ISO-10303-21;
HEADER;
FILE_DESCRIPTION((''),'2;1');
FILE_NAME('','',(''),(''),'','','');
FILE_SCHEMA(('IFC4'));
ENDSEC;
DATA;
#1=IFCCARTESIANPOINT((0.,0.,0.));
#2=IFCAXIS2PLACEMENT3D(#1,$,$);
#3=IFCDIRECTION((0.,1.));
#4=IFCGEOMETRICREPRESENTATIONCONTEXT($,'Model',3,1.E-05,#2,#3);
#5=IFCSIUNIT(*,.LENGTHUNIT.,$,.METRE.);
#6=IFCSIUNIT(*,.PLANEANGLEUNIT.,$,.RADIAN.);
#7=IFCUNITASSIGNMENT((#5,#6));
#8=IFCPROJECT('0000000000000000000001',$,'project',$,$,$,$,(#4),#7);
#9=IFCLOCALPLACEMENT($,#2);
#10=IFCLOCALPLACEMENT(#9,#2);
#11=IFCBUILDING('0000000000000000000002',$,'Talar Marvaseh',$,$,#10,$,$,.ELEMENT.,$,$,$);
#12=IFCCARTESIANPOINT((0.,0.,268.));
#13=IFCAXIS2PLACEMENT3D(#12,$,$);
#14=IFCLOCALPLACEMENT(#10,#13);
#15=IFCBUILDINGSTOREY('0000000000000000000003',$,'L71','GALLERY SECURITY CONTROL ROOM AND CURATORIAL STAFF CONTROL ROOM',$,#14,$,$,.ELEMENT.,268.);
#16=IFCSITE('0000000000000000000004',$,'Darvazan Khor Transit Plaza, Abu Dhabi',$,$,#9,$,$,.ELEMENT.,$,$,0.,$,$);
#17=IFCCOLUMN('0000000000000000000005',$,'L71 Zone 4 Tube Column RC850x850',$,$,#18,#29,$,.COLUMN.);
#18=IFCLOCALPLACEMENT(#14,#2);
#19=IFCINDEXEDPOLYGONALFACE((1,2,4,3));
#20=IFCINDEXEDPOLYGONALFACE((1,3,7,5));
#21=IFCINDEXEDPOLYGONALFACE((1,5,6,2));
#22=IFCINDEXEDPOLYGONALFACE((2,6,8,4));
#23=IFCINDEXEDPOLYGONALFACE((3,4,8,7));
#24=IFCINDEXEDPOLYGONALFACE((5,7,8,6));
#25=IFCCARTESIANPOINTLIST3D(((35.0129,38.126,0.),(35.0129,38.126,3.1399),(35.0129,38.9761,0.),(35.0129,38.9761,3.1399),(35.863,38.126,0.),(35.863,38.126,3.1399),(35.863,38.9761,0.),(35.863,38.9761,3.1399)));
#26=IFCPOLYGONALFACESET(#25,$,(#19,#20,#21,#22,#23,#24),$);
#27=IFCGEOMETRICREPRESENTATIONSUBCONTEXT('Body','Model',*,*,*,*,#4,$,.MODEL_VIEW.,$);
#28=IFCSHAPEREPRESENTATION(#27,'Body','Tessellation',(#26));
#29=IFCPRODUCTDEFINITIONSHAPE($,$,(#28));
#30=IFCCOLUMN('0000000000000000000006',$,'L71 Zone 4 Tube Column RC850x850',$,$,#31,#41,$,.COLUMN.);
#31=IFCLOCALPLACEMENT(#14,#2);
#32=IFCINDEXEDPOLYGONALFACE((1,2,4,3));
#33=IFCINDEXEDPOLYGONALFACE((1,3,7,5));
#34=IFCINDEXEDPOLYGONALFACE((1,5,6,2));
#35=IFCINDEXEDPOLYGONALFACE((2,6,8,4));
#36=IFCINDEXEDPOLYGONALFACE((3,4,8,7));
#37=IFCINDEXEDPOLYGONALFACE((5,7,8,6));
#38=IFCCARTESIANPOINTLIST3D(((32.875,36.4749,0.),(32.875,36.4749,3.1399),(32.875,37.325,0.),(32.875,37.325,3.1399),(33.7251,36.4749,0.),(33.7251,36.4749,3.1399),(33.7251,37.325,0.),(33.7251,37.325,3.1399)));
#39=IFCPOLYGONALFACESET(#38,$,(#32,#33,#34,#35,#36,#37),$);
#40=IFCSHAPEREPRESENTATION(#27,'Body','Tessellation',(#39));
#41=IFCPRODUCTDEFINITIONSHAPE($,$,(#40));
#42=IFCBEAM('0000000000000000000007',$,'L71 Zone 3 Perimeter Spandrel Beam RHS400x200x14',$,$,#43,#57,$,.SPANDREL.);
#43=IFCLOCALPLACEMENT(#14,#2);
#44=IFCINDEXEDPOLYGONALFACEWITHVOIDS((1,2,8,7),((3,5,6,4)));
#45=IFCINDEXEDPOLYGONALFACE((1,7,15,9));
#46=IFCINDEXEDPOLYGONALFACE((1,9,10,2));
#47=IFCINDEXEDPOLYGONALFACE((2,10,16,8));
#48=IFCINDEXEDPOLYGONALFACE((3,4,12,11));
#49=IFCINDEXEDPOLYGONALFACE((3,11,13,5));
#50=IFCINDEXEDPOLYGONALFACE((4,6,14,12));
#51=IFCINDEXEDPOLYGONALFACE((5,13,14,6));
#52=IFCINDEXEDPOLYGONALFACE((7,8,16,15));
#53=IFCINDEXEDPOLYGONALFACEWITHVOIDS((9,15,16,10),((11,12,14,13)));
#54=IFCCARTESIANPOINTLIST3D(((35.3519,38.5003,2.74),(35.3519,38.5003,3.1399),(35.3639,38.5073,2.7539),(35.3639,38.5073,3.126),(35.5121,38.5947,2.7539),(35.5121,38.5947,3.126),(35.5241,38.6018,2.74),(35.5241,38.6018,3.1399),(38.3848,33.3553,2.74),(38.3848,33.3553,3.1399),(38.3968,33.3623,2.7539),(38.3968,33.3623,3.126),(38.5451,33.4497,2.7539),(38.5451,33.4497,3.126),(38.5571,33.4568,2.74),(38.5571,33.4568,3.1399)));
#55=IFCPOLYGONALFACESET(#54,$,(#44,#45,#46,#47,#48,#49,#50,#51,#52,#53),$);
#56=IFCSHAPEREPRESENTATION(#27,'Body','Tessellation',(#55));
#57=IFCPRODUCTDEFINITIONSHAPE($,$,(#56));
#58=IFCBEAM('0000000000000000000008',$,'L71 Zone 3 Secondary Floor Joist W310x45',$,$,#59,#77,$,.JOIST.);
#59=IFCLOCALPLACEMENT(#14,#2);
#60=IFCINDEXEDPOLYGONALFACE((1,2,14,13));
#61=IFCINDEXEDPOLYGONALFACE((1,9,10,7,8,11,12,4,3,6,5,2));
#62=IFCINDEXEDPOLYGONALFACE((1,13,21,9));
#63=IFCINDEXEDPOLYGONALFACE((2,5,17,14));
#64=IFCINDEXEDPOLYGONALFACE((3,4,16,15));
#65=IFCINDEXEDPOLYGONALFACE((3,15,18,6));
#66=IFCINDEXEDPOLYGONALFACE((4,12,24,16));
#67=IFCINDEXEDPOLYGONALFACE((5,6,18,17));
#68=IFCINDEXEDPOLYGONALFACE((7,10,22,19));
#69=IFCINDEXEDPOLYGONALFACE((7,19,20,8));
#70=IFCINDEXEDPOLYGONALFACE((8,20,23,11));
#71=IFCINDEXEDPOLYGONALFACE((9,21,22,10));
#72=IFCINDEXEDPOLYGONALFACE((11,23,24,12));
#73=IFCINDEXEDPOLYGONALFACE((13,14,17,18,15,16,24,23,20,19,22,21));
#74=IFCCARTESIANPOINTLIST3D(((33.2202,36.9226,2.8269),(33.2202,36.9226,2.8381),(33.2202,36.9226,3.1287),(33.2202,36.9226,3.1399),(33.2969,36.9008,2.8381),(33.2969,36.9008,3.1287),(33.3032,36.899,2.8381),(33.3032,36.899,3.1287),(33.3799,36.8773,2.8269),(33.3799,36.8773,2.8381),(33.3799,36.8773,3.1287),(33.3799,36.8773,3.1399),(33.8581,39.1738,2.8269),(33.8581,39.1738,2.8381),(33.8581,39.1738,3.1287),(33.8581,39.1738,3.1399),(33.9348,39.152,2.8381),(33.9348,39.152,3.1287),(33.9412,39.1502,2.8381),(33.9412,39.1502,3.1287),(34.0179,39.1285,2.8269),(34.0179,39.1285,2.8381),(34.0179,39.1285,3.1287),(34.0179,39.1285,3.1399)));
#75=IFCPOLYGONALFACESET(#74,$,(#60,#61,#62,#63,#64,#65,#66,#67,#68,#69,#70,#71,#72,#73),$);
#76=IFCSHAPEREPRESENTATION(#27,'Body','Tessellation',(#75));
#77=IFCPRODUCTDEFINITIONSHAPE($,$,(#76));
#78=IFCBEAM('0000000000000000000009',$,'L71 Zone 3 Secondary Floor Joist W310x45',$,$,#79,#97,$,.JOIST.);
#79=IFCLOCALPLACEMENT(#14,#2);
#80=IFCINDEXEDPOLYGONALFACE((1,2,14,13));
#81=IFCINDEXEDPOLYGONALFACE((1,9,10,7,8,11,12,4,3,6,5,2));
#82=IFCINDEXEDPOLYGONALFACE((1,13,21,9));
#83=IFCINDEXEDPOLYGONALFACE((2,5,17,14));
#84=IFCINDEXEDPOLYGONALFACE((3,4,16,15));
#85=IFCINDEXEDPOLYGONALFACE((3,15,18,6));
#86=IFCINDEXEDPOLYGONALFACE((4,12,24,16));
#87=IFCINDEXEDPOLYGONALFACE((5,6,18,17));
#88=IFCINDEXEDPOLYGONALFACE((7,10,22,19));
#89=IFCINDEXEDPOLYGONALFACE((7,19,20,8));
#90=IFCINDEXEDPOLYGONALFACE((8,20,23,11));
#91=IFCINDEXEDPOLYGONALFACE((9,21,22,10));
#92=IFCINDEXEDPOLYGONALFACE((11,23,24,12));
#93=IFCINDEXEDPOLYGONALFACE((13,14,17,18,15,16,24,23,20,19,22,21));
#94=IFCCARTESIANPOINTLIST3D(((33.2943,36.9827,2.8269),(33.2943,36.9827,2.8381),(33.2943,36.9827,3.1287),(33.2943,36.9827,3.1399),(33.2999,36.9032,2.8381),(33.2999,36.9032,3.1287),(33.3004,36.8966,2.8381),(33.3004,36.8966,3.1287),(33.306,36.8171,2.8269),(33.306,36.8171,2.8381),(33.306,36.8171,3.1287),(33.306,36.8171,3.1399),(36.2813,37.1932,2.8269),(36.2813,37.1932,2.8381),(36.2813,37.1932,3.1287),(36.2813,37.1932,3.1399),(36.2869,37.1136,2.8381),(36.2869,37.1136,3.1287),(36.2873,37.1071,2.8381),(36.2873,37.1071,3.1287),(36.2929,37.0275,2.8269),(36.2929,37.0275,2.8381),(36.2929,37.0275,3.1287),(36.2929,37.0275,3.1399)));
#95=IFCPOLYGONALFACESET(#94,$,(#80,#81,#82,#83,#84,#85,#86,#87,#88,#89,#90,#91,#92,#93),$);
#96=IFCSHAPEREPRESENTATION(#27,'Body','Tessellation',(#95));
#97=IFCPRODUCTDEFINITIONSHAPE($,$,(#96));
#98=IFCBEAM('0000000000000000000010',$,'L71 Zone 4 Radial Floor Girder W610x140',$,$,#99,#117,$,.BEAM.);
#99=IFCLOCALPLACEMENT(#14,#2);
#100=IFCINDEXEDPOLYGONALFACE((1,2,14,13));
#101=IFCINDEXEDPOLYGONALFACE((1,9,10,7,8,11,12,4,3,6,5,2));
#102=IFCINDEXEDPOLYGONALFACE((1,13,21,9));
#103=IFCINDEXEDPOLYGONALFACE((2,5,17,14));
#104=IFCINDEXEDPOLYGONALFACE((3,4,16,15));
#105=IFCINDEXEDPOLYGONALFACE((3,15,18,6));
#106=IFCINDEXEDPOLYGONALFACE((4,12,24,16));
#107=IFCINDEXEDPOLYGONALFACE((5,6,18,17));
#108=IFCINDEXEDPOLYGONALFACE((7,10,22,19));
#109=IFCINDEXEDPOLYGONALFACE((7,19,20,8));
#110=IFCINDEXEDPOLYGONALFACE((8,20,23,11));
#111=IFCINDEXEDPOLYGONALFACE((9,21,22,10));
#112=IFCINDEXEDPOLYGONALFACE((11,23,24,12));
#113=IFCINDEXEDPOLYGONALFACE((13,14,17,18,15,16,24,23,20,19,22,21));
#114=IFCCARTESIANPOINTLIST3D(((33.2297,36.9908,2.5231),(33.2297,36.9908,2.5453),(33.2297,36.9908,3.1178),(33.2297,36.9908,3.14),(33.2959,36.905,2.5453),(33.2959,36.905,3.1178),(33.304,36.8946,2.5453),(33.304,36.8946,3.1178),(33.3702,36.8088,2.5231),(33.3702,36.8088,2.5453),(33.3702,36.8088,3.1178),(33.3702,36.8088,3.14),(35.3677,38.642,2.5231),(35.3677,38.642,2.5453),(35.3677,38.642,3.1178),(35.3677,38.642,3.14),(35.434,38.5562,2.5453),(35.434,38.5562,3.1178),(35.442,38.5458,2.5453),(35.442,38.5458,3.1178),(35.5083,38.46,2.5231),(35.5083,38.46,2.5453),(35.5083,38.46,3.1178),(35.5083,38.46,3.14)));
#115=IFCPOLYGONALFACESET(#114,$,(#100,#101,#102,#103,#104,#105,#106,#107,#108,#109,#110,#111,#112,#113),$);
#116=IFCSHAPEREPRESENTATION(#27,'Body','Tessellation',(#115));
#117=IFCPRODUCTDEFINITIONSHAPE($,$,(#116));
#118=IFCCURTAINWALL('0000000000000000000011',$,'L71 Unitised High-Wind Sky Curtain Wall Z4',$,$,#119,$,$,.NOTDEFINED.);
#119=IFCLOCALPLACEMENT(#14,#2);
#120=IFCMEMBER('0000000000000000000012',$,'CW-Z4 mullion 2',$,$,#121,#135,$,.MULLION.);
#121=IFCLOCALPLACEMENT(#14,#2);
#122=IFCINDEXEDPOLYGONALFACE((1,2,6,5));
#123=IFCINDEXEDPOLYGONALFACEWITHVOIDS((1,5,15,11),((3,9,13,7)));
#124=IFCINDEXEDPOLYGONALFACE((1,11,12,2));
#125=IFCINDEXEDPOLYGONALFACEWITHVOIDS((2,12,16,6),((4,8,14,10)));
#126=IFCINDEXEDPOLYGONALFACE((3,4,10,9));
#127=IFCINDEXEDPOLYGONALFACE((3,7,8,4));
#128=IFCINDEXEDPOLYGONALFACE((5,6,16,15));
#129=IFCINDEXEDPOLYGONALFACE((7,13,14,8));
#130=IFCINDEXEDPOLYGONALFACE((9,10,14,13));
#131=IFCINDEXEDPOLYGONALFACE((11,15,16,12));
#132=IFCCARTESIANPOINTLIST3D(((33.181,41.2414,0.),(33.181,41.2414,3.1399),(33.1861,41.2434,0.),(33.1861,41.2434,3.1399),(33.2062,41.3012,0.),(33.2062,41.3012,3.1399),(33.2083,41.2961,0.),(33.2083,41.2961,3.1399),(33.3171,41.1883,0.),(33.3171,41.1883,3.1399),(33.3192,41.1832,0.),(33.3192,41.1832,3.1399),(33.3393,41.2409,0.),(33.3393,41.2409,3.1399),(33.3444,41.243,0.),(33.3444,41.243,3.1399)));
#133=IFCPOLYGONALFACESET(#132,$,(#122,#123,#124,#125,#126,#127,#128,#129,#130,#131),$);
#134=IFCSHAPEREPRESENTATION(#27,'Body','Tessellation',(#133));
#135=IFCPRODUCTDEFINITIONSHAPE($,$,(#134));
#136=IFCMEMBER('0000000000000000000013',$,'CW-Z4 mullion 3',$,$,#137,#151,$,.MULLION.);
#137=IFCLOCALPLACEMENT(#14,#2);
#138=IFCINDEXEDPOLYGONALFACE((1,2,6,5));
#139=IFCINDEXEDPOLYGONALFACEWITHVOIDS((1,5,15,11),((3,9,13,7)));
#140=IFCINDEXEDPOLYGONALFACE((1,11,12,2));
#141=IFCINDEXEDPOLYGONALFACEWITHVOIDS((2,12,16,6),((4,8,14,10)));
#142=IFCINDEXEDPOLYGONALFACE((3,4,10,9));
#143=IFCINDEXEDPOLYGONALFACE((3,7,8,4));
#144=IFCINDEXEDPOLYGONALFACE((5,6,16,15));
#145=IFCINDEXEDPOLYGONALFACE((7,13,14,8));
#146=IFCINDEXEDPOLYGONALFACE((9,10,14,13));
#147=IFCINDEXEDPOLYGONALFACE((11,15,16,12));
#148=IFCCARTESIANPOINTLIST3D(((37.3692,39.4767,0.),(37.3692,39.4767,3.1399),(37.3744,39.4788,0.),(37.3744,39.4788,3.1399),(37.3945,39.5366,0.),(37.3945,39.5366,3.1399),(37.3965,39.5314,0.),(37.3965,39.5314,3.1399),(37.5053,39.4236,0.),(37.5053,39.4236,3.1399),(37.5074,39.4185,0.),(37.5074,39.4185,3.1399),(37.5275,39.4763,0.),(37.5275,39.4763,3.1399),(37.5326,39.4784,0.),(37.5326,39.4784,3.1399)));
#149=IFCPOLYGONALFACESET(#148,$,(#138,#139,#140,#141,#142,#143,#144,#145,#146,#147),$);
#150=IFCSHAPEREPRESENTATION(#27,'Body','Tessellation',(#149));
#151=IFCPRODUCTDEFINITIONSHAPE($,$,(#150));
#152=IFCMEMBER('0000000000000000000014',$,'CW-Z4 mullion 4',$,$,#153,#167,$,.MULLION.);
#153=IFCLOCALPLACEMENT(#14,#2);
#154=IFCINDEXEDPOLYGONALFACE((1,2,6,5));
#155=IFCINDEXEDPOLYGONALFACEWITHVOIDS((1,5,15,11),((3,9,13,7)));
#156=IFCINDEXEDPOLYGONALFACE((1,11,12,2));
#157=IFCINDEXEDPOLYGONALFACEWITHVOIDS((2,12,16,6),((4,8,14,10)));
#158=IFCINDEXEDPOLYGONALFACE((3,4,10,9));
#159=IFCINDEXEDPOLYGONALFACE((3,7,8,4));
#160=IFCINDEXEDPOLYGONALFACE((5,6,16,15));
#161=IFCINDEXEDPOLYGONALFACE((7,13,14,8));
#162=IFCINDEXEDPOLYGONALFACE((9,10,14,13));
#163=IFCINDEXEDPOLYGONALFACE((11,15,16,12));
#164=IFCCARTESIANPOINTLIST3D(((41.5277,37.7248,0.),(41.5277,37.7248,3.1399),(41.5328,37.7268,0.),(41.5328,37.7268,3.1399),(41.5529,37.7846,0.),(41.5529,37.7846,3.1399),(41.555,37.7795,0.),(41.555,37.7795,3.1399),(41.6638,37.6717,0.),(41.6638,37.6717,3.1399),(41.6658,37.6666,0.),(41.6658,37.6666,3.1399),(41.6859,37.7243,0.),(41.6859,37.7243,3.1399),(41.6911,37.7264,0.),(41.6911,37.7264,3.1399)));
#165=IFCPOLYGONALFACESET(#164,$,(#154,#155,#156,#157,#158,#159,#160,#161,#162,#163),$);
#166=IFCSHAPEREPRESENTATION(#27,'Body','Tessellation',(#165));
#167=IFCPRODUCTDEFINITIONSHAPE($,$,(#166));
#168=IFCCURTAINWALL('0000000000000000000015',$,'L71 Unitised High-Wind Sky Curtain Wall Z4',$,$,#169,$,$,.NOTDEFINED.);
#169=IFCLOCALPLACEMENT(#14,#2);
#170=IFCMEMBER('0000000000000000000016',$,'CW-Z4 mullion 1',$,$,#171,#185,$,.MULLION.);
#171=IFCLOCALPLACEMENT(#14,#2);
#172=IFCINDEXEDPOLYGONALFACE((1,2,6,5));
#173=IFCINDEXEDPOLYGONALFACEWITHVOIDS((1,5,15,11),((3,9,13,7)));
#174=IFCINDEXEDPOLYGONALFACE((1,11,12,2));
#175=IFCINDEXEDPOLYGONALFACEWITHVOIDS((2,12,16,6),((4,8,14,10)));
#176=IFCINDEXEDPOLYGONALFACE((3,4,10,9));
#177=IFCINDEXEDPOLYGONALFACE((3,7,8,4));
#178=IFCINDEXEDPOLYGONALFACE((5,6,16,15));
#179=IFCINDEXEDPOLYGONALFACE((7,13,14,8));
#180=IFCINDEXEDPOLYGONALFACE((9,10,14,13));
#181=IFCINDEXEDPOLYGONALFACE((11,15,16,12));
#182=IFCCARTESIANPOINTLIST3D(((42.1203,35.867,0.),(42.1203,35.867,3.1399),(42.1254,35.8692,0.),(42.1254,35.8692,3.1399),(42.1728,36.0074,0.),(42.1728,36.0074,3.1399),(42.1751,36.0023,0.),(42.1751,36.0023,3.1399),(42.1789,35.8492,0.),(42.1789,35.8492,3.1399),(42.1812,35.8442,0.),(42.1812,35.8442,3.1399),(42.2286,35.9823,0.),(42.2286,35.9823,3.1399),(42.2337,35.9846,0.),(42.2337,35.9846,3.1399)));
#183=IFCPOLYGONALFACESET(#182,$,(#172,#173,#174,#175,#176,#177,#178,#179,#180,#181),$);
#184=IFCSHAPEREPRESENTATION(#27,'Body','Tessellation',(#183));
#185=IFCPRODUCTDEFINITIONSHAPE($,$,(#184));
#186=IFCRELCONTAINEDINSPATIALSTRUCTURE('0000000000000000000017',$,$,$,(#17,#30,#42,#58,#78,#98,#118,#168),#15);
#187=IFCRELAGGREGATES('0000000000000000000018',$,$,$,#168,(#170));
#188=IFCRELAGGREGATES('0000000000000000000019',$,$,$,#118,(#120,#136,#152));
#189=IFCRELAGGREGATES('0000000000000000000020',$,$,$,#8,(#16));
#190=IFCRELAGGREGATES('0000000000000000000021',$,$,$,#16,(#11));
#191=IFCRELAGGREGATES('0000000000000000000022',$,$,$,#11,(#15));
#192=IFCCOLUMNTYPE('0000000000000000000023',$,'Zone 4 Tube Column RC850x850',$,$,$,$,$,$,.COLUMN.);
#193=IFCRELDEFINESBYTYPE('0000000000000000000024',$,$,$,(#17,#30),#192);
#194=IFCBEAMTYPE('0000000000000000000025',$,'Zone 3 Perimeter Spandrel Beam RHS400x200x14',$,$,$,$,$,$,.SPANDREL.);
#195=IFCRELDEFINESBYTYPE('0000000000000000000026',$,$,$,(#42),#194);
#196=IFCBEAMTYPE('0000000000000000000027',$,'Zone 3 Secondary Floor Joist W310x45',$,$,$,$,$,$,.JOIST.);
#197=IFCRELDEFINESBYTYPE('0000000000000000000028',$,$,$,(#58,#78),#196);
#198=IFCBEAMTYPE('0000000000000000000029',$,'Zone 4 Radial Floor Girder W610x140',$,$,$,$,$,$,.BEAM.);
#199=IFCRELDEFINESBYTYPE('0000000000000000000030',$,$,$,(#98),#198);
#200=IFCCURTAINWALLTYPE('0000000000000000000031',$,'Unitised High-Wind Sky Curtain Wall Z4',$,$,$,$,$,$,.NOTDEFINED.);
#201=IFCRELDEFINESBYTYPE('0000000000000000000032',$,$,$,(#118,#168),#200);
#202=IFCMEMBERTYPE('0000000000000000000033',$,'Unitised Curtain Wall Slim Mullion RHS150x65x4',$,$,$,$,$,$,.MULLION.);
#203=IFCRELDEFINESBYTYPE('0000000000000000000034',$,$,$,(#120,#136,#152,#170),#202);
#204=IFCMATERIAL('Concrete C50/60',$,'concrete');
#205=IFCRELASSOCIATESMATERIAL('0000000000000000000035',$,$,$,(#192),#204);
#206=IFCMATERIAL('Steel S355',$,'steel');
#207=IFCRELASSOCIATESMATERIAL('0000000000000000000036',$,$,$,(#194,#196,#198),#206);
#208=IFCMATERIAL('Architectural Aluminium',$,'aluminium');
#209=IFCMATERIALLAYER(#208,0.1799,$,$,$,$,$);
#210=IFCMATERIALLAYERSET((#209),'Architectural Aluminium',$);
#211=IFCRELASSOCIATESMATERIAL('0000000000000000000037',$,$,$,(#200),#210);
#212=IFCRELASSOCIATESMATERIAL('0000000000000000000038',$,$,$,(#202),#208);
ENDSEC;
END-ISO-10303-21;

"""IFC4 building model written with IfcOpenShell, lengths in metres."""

from ifc_helpers import new_model, si_unit, direction, frame, origin, origin_2d, place, context, subcontext, project, spatial, rectangle, hollow_rectangle, i_section, extrude, source, transform, mapped, material, layer, layer_set, material_profile, profile_set, type_object, type_shapes, element, aggregate, save


model = new_model("IFC4")

# Units and contexts
model_context = context("Model", 3, precision=1e-05, world=origin(), true_north=direction((0.0, 1.0)))
body_context = subcontext(model_context, "Body", "Model", "MODEL_VIEW")
ifc_project = project(units=[si_unit("LENGTHUNIT", "METRE"), si_unit("PLANEANGLEUNIT", "RADIAN")], contexts=[model_context])

# Site, building, storey
site_placement = place(None, origin())
site = spatial("IfcSite", under=ifc_project, at=site_placement, Name="Darvazan Khor Transit Plaza, Abu Dhabi", CompositionType="ELEMENT", RefElevation=0.0)
building_placement = place(site_placement, origin())
building = spatial("IfcBuilding", under=site, at=building_placement, Name="Talar Marvaseh", CompositionType="ELEMENT")
storey_placement = place(building_placement, frame((0.0, 0.0, 268.0)))
storey = spatial("IfcBuildingStorey", under=building, at=storey_placement, Name="L71", Description="GALLERY SECURITY CONTROL ROOM AND CURATORIAL STAFF CONTROL ROOM", CompositionType="ELEMENT", Elevation=268.0)

# Columns
ifc_material_1 = material(Name="Concrete C50/60", Category="concrete")
ifc_material_profile_1 = material_profile(ifc_material_1, rectangle(XDim=0.8501, YDim=0.8501, at=origin_2d()), Name="RC850x850")
ifc_profile_set_1 = profile_set([ifc_material_profile_1], Name="Concrete C50/60")
column_type = type_object("IfcColumnType", Name="Zone 4 Tube Column RC850x850", PredefinedType="COLUMN", material=ifc_profile_set_1)
for number, where, z_axis, x_axis, name in (
    (1, (35.438, 38.551, 0.0), (0.0, 0.0, 1.0), (1.0, 0.0, 0.0), "L71 Zone 4 Tube Column RC850x850"),
    (2, (33.3, 36.8999, 0.0), (0.0, 0.0, 1.0), (1.0, 0.0, 0.0), "L71 Zone 4 Tube Column RC850x850"),
):
    element("IfcColumn", number, at=place(storey_placement, frame(where, z_axis=z_axis, x_axis=x_axis)), inside=storey, type_object=column_type, Name=name, PredefinedType="COLUMN", context=body_context, shape_type="SweptSolid", body=[
        extrude(rectangle(XDim=0.8501, YDim=0.8501, at=origin_2d()), origin(), (0.0, 0.0, 1.0), 3.1399),
    ])

# Beams
ifc_material_2 = material(Name="Steel S355", Category="steel")
ifc_material_profile_2 = material_profile(ifc_material_2, hollow_rectangle(XDim=0.2, YDim=0.3999, WallThickness=0.0139, at=origin_2d()), Name="RHS400x200x14")
ifc_profile_set_2 = profile_set([ifc_material_profile_2], Name="Steel S355")
beam_type_1 = type_object("IfcBeamType", Name="Zone 3 Perimeter Spandrel Beam RHS400x200x14", PredefinedType="SPANDREL", material=ifc_profile_set_2)
beam_1_placement = place(storey_placement, frame((35.438, 38.551, 2.9399), z_axis=(0.507826, -0.86146, 0.0), x_axis=(0.86146, 0.507826, 0.0)))
element("IfcBeam", 3, at=beam_1_placement, inside=storey, type_object=beam_type_1, Name="L71 Zone 3 Perimeter Spandrel Beam RHS400x200x14", PredefinedType="SPANDREL", context=body_context, shape_type="SweptSolid", body=[
    extrude(hollow_rectangle(XDim=0.2, YDim=0.3999, WallThickness=0.0139, at=origin_2d()), origin(), (0.0, 0.0, 1.0), 5.9724),
])
ifc_material_profile_3 = material_profile(ifc_material_2, i_section(OverallWidth=0.166, OverallDepth=0.313, WebThickness=0.0066, FlangeThickness=0.0112, at=origin_2d()), Name="W310x45")
ifc_profile_set_3 = profile_set([ifc_material_profile_3], Name="Steel S355")
beam_type_2 = type_object("IfcBeamType", Name="Zone 3 Secondary Floor Joist W310x45", PredefinedType="JOIST", material=ifc_profile_set_3)
beam_2_placement = place(storey_placement, frame((33.938, 39.1511, 2.9834), z_axis=(-0.27264, -0.962116, 0.0), x_axis=(0.962116, -0.27264, 0.0)))
element("IfcBeam", 4, at=beam_2_placement, inside=storey, type_object=beam_type_2, Name="L71 Zone 3 Secondary Floor Joist W310x45", PredefinedType="JOIST", context=body_context, shape_type="SweptSolid", body=[
    extrude(i_section(OverallWidth=0.166, OverallDepth=0.313, WebThickness=0.0066, FlangeThickness=0.0112, at=origin_2d()), origin(), (0.0, 0.0, 1.0), 2.3398),
])
beam_3_placement = place(storey_placement, frame((36.2871, 37.1104, 2.9834), z_axis=(-0.997527, -0.070279, 0.0), x_axis=(0.070279, -0.997527, 0.0)))
element("IfcBeam", 5, at=beam_3_placement, inside=storey, type_object=beam_type_2, Name="L71 Zone 3 Secondary Floor Joist W310x45", PredefinedType="JOIST", context=body_context, shape_type="SweptSolid", body=[
    extrude(i_section(OverallWidth=0.166, OverallDepth=0.313, WebThickness=0.0066, FlangeThickness=0.0112, at=origin_2d()), origin(), (0.0, 0.0, 1.0), 2.9944),
])
ifc_material_profile_4 = material_profile(ifc_material_2, i_section(OverallWidth=0.23, OverallDepth=0.6169, WebThickness=0.0132, FlangeThickness=0.0222, at=origin_2d()), Name="W610x140")
ifc_profile_set_4 = profile_set([ifc_material_profile_4], Name="Steel S355")
beam_type_3 = type_object("IfcBeamType", Name="Zone 4 Radial Floor Girder W610x140", PredefinedType="BEAM", material=ifc_profile_set_4)
beam_4_placement = place(storey_placement, frame((35.438, 38.551, 2.8315), z_axis=(-0.79145, -0.611234, 0.0), x_axis=(0.611234, -0.79145, 0.0)))
element("IfcBeam", 6, at=beam_4_placement, inside=storey, type_object=beam_type_3, Name="L71 Zone 4 Radial Floor Girder W610x140", PredefinedType="BEAM", context=body_context, shape_type="SweptSolid", body=[
    extrude(i_section(OverallWidth=0.23, OverallDepth=0.6169, WebThickness=0.0132, FlangeThickness=0.0222, at=origin_2d()), origin(), (0.0, 0.0, 1.0), 2.7014),
])

# Curtain wall, members
ifc_material_3 = material(Name="Architectural Aluminium", Category="aluminium")
ifc_layer_1 = layer(ifc_material_3, 0.1799)
ifc_layer_set_1 = layer_set([ifc_layer_1], Name="Architectural Aluminium")
curtain_wall_type = type_object("IfcCurtainWallType", Name="Unitised High-Wind Sky Curtain Wall Z4", PredefinedType="NOTDEFINED", material=ifc_layer_set_1)
curtain_wall_1_placement = place(storey_placement, origin())
curtain_wall_1 = element("IfcCurtainWall", 7, at=curtain_wall_1_placement, inside=storey, type_object=curtain_wall_type, Name="L71 Unitised High-Wind Sky Curtain Wall Z4", PredefinedType="NOTDEFINED")
ifc_material_profile_5 = material_profile(ifc_material_3, hollow_rectangle(XDim=0.0649, YDim=0.1499, WallThickness=0.0039, at=origin_2d()), Name="RHS150x65x4")
ifc_profile_set_5 = profile_set([ifc_material_profile_5], Name="Architectural Aluminium")
member_type_1 = type_object("IfcMemberType", Name="Unitised Curtain Wall Slim Mullion RHS150x65x4", PredefinedType="MULLION", material=ifc_profile_set_5)
shared_shape_1 = source(origin(), body_context, "Body", "SweptSolid", [
    extrude(hollow_rectangle(XDim=0.0649, YDim=0.1499, WallThickness=0.0039, at=origin_2d()), origin(), (0.0, 0.0, 1.0), 3.1399),
])
type_shapes(member_type_1, [shared_shape_1])
member_1_placement = place(storey_placement, frame((33.2627, 41.2422, 0.0), z_axis=(0.0, 0.0, 1.0), x_axis=(0.388258, 0.921551, 0.0)))
member_1 = element("IfcMember", 8, at=member_1_placement, type_object=member_type_1, Name="CW-Z4 mullion 2", PredefinedType="MULLION", context=body_context, shape_type="MappedRepresentation", body=[
    mapped(shared_shape_1, transform((0.0, 0.0, 0.0), x_axis=(1.0, 0.0, 0.0), y_axis=(0.0, 1.0, 0.0), z_axis=(0.0, 0.0, 1.0), scale=1.0)),
])
member_2_placement = place(storey_placement, frame((37.4509, 39.4775, 0.0), z_axis=(0.0, 0.0, 1.0), x_axis=(0.388258, 0.921551, 0.0)))
member_2 = element("IfcMember", 9, at=member_2_placement, type_object=member_type_1, Name="CW-Z4 mullion 3", PredefinedType="MULLION", context=body_context, shape_type="MappedRepresentation", body=[
    mapped(shared_shape_1, transform((0.0, 0.0, 0.0), x_axis=(1.0, 0.0, 0.0), y_axis=(0.0, 1.0, 0.0), z_axis=(0.0, 0.0, 1.0), scale=1.0)),
])
member_3_placement = place(storey_placement, frame((41.6094, 37.7256, 0.0), z_axis=(0.0, 0.0, 1.0), x_axis=(0.388258, 0.921551, 0.0)))
member_3 = element("IfcMember", 10, at=member_3_placement, type_object=member_type_1, Name="CW-Z4 mullion 4", PredefinedType="MULLION", context=body_context, shape_type="MappedRepresentation", body=[
    mapped(shared_shape_1, transform((0.0, 0.0, 0.0), x_axis=(1.0, 0.0, 0.0), y_axis=(0.0, 1.0, 0.0), z_axis=(0.0, 0.0, 1.0), scale=1.0)),
])

# Curtain wall, member
curtain_wall_2_placement = place(storey_placement, origin())
curtain_wall_2 = element("IfcCurtainWall", 11, at=curtain_wall_2_placement, inside=storey, type_object=curtain_wall_type, Name="L71 Unitised High-Wind Sky Curtain Wall Z4", PredefinedType="NOTDEFINED")
member_4_placement = place(storey_placement, frame((42.177, 35.9258, 0.0), z_axis=(0.0, 0.0, 1.0), x_axis=(0.936618, -0.350351, 0.0)))
member_4 = element("IfcMember", 12, at=member_4_placement, type_object=member_type_1, Name="CW-Z4 mullion 1", PredefinedType="MULLION", context=body_context, shape_type="MappedRepresentation", body=[
    mapped(shared_shape_1, transform((0.0, 0.0, 0.0), x_axis=(1.0, 0.0, 0.0), y_axis=(0.0, 1.0, 0.0), z_axis=(0.0, 0.0, 1.0), scale=1.0)),
])
aggregate(curtain_wall_2, [member_4])

aggregate(curtain_wall_1, [member_1, member_2, member_3])

save(model, "model.ifc")
